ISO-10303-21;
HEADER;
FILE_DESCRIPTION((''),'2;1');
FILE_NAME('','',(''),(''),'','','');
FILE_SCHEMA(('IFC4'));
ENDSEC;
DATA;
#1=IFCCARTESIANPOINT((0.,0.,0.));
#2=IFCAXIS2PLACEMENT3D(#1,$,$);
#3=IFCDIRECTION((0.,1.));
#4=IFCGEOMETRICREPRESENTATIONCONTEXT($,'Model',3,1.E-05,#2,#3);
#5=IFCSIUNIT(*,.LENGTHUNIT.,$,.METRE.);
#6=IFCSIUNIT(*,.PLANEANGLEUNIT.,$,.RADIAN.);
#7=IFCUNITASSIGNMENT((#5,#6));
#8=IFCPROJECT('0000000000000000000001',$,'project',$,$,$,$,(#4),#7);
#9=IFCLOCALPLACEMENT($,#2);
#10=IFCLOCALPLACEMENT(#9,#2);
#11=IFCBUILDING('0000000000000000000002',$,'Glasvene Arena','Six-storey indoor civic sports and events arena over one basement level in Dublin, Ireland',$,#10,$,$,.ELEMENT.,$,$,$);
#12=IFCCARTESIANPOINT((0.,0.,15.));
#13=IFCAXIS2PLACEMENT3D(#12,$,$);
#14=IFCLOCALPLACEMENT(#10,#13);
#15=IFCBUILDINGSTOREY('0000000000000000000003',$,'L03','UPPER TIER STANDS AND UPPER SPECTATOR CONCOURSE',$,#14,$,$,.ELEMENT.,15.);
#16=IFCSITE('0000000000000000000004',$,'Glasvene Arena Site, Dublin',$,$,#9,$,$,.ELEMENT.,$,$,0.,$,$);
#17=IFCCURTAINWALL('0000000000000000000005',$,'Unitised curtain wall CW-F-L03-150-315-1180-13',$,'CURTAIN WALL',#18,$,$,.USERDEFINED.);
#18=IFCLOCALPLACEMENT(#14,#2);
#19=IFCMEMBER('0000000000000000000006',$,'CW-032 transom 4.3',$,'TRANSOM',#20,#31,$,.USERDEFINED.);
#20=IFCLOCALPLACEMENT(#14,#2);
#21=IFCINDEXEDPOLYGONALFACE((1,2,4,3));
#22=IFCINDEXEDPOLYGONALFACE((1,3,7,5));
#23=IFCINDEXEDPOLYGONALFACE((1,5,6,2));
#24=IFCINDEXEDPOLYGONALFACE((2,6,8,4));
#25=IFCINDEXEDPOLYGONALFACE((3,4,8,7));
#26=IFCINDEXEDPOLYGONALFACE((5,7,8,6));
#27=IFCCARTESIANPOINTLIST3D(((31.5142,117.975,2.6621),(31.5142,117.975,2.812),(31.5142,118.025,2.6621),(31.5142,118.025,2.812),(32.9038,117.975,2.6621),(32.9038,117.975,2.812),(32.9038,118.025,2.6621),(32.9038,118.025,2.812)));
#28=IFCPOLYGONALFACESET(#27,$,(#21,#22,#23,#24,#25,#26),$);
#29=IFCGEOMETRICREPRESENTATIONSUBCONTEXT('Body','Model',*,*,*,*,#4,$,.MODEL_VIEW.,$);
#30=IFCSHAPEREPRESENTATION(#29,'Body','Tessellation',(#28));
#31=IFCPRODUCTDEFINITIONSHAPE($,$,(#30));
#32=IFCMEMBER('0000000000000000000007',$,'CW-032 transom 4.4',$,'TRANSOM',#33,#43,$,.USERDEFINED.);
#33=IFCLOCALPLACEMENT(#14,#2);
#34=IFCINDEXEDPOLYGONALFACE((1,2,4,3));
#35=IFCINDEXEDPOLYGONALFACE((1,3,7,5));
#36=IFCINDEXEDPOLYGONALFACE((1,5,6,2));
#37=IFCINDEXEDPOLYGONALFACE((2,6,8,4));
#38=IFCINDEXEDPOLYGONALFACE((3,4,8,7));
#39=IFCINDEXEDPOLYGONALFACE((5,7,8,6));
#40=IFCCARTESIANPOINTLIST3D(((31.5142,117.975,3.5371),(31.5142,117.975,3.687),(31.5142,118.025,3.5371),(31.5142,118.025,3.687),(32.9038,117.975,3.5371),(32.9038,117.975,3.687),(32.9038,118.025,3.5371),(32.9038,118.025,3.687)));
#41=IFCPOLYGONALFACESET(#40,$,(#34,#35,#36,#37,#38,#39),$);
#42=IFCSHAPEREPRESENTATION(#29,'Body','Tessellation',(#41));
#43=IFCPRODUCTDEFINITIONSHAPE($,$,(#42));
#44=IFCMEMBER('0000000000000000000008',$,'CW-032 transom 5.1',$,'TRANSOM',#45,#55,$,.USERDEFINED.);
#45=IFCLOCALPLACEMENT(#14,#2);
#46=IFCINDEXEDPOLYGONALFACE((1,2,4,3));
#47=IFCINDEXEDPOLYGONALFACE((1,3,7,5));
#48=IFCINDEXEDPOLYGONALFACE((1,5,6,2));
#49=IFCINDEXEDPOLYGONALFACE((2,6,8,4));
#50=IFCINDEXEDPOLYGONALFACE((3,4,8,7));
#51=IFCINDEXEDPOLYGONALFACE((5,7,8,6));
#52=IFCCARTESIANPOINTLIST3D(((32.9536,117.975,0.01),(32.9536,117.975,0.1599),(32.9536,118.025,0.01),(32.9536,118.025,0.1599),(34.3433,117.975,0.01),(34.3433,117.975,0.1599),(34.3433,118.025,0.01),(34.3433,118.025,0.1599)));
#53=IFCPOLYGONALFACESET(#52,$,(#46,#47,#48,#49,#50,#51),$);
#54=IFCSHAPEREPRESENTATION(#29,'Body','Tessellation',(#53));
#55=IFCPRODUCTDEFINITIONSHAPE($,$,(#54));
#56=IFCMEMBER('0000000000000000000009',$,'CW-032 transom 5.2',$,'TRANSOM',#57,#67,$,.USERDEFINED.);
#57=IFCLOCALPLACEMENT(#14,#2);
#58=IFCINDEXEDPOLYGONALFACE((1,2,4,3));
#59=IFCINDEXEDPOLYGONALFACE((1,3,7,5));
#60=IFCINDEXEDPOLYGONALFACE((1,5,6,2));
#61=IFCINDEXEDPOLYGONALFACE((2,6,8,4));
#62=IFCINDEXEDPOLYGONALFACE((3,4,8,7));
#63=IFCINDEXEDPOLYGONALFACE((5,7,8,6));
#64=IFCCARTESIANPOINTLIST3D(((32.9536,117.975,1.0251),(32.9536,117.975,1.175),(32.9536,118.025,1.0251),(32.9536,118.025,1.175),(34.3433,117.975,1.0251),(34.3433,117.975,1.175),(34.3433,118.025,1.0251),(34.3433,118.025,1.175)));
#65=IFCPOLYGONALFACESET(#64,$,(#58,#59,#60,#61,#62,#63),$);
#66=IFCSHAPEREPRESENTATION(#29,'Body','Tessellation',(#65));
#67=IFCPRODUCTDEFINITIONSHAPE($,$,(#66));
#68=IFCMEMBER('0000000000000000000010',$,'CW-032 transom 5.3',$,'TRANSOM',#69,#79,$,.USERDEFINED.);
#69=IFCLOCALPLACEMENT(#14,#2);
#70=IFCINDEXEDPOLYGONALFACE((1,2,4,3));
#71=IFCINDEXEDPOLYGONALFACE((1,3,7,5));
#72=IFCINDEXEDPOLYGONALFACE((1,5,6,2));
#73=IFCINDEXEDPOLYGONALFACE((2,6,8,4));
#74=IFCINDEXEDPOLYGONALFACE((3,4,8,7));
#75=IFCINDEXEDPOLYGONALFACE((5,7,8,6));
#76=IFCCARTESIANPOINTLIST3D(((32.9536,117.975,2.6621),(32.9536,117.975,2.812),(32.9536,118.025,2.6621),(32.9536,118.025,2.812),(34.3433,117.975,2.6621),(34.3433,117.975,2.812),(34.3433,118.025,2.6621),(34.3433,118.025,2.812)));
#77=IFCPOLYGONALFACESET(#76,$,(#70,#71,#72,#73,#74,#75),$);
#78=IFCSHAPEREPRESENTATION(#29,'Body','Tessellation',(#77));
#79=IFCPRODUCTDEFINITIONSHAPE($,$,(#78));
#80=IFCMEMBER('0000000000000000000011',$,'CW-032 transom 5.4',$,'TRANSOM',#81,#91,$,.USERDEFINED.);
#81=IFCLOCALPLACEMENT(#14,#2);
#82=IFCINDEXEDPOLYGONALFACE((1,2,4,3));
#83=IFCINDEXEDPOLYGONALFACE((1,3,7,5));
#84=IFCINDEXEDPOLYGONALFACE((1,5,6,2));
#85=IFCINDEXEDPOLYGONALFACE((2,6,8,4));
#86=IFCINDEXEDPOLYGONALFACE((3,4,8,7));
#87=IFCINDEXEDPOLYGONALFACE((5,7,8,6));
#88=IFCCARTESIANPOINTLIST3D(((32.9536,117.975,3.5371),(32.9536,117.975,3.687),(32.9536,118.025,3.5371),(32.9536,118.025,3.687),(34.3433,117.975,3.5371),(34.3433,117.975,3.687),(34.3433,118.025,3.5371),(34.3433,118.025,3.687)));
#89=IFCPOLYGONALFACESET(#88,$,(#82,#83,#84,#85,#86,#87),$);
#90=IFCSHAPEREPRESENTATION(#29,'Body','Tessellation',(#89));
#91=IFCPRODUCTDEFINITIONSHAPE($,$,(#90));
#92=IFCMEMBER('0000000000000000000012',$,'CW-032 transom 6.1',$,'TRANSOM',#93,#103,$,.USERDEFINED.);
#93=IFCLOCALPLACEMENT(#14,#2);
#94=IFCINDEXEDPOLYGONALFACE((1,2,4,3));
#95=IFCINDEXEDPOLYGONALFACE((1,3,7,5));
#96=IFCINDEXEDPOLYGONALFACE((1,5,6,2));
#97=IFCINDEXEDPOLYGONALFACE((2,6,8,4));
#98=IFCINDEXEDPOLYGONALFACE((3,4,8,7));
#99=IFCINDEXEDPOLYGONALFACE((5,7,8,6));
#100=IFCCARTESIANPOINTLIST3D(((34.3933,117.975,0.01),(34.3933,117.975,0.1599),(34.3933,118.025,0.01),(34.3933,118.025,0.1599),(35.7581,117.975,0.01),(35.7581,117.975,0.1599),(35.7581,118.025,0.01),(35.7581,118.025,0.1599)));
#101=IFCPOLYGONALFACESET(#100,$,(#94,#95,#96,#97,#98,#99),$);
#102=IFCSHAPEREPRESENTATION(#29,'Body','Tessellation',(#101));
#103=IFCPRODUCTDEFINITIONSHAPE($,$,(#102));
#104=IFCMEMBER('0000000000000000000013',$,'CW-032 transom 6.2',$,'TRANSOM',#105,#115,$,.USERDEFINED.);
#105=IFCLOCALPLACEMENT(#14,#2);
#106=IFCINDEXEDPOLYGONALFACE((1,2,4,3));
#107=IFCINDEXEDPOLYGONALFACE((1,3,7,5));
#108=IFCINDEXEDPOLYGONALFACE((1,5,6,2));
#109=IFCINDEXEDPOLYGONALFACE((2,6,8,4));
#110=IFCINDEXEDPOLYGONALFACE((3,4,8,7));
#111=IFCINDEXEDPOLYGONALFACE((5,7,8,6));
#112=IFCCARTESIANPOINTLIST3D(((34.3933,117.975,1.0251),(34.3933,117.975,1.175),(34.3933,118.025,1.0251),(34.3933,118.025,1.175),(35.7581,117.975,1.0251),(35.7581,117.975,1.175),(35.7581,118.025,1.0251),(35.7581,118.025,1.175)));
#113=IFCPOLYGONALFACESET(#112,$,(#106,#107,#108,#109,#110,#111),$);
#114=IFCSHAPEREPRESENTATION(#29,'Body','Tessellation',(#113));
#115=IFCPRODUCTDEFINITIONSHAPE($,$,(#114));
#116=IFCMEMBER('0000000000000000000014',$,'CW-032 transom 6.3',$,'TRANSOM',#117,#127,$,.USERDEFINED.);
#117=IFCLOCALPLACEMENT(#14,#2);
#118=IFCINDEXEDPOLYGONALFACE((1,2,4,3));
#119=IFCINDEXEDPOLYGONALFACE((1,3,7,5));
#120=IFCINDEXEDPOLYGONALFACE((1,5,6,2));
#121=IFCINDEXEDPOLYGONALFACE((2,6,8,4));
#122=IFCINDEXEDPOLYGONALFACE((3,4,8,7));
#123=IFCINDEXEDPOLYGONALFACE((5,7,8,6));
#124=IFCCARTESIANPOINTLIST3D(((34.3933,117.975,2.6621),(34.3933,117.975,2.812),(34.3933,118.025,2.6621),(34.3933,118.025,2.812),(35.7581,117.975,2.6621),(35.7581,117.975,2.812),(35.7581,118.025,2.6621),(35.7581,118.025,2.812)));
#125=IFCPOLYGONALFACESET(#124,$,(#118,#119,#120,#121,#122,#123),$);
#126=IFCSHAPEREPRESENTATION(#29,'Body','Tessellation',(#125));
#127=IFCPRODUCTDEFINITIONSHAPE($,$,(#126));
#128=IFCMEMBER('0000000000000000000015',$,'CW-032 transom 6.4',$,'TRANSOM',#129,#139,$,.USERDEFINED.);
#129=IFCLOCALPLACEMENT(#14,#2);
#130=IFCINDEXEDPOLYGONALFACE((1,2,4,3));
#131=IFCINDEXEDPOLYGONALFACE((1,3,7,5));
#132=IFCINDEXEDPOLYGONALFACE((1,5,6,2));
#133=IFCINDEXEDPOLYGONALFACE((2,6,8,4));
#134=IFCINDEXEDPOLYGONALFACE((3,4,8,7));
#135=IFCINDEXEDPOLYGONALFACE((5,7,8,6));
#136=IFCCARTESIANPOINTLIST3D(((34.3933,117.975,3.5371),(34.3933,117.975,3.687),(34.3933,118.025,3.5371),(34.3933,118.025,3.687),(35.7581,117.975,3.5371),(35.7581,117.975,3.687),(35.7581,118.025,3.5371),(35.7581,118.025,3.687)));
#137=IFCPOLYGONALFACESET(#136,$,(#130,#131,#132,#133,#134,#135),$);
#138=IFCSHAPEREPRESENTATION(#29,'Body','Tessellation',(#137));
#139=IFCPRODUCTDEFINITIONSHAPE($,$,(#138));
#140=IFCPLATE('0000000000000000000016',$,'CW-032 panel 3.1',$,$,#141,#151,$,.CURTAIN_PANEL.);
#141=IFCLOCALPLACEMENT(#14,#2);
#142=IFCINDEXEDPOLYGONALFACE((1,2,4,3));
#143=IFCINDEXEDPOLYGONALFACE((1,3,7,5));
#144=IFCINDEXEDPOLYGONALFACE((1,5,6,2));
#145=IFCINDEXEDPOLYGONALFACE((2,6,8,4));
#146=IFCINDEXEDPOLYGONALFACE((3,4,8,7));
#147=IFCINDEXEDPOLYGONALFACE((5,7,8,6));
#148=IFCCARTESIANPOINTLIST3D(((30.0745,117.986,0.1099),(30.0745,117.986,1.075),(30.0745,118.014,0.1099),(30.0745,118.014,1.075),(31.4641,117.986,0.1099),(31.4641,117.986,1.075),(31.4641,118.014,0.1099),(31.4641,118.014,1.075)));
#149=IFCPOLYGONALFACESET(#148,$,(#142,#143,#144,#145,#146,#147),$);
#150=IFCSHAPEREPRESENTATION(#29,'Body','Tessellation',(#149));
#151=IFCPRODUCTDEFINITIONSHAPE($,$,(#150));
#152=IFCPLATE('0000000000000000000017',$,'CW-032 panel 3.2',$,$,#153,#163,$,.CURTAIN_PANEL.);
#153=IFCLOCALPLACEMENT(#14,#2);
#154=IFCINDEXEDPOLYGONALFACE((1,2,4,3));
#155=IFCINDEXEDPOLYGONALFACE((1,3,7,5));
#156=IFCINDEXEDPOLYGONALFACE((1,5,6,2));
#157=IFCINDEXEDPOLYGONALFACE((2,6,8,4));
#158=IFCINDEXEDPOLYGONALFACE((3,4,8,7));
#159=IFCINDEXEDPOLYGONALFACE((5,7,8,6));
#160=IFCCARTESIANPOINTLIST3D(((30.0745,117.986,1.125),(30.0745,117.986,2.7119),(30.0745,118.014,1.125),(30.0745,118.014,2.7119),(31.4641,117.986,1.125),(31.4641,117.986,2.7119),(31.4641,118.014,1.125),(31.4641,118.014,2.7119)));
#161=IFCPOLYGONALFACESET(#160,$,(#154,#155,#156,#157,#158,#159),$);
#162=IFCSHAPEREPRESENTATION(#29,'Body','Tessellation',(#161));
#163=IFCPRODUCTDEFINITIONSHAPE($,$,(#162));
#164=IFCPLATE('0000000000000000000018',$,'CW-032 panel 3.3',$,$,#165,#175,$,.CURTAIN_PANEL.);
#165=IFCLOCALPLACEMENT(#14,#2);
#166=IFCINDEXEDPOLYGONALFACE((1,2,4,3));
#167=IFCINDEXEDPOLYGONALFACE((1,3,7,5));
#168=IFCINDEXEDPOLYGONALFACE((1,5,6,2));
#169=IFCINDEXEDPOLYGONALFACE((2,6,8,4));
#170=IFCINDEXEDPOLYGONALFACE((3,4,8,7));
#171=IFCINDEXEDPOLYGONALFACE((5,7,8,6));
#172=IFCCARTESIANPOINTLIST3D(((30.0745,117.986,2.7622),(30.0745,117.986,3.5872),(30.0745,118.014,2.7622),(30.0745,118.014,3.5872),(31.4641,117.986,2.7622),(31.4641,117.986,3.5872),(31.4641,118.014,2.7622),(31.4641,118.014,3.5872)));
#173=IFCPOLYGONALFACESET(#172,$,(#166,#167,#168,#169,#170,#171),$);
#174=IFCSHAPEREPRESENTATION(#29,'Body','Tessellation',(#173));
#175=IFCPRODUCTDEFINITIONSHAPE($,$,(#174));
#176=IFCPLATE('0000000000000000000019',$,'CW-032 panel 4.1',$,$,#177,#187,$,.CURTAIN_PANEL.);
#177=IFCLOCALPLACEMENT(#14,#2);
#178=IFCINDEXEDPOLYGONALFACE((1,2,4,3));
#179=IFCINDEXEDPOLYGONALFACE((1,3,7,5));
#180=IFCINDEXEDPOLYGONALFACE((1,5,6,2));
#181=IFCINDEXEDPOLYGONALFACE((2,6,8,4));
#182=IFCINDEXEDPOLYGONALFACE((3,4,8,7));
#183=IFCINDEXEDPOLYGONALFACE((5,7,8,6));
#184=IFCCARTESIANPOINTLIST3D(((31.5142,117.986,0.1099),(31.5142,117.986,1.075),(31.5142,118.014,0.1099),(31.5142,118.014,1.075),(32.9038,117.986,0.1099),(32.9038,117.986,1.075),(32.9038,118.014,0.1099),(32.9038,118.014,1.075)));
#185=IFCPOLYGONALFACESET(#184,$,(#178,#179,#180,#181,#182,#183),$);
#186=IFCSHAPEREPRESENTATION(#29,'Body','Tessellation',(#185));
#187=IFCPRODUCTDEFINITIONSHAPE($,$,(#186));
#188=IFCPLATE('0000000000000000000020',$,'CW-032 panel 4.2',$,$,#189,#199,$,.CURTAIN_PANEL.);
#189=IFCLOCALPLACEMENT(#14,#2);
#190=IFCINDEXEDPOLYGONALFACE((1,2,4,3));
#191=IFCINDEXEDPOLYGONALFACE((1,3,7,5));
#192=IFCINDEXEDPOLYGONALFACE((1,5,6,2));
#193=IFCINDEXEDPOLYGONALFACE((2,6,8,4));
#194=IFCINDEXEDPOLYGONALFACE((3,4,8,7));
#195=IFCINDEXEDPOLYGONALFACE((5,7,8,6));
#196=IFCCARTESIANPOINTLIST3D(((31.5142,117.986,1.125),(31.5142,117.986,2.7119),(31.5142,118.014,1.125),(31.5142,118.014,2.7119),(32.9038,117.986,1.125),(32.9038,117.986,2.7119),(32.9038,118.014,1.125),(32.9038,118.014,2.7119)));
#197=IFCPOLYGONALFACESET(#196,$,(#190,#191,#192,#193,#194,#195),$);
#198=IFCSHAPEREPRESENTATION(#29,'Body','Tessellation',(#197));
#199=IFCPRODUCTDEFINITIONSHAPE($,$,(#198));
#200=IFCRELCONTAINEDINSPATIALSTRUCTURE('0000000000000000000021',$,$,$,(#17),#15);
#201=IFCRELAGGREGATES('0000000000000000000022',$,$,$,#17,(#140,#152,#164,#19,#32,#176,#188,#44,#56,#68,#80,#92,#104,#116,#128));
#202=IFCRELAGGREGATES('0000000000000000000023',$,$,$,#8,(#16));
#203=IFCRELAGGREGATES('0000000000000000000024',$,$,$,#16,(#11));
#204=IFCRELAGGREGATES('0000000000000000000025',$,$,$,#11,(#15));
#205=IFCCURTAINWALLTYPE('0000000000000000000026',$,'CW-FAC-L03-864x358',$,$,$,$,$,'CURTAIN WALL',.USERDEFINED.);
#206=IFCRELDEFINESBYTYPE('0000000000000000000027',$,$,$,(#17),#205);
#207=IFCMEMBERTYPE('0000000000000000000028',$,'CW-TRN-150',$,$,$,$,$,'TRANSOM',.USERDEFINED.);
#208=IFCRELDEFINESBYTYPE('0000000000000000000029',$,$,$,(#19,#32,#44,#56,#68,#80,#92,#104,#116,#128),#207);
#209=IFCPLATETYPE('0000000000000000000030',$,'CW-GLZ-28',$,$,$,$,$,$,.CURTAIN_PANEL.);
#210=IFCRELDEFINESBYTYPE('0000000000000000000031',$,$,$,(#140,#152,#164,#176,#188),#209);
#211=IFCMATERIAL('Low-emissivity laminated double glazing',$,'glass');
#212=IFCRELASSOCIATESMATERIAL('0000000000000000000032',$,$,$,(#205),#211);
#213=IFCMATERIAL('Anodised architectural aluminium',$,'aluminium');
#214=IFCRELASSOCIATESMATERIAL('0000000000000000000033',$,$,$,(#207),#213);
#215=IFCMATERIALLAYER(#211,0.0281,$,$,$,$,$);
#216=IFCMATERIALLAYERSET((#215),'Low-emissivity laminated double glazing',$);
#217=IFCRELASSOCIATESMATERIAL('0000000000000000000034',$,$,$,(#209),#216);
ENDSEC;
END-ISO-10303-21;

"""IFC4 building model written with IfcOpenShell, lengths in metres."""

from ifc_helpers import new_model, si_unit, direction, frame, origin, origin_2d, place, context, subcontext, project, spatial, rectangle, extrude, material, layer, layer_set, material_profile, profile_set, type_object, element, aggregate, save


model = new_model("IFC4")

# Units and contexts
model_context = context("Model", 3, precision=1e-05, world=origin(), true_north=direction((0.0, 1.0)))
body_context = subcontext(model_context, "Body", "Model", "MODEL_VIEW")
ifc_project = project(units=[si_unit("LENGTHUNIT", "METRE"), si_unit("PLANEANGLEUNIT", "RADIAN")], contexts=[model_context])

# Site, building, storey
site_placement = place(None, origin())
site = spatial("IfcSite", under=ifc_project, at=site_placement, Name="Glasvene Arena Site, Dublin", CompositionType="ELEMENT", RefElevation=0.0)
building_placement = place(site_placement, origin())
building = spatial("IfcBuilding", under=site, at=building_placement, Name="Glasvene Arena", Description="Six-storey indoor civic sports and events arena over one basement level in Dublin, Ireland", CompositionType="ELEMENT")
storey_placement = place(building_placement, frame((0.0, 0.0, 15.0)))
storey = spatial("IfcBuildingStorey", under=building, at=storey_placement, Name="L03", Description="UPPER TIER STANDS AND UPPER SPECTATOR CONCOURSE", CompositionType="ELEMENT", Elevation=15.0)

# Curtain wall, members, plates
ifc_material_1 = material(Name="Low-emissivity laminated double glazing", Category="glass")
curtain_wall_type = type_object("IfcCurtainWallType", Name="CW-FAC-L03-864x358", ElementType="CURTAIN WALL", PredefinedType="USERDEFINED", material=ifc_material_1)
curtain_wall_placement = place(storey_placement, frame((27.1702, 118.0, 0.0)))
curtain_wall = element("IfcCurtainWall", 1, at=curtain_wall_placement, inside=storey, type_object=curtain_wall_type, Name="Unitised curtain wall CW-F-L03-150-315-1180-13", ObjectType="CURTAIN WALL", PredefinedType="USERDEFINED")
ifc_material_2 = material(Name="Anodised architectural aluminium", Category="aluminium")
ifc_material_profile_1 = material_profile(ifc_material_2, rectangle(XDim=0.05, YDim=0.1499, at=origin_2d()), Name="ALU TRANSOM 50x150")
ifc_profile_set_1 = profile_set([ifc_material_profile_1], Name="Anodised architectural aluminium")
member_type_1 = type_object("IfcMemberType", Name="CW-TRN-150", ElementType="TRANSOM", PredefinedType="USERDEFINED", material=ifc_profile_set_1)
member_1_placement = place(storey_placement, frame((31.5142, 118.0, 2.7371), z_axis=(1.0, 0.0, 0.0), x_axis=(0.0, 1.0, 0.0)))
member_1 = element("IfcMember", 2, at=member_1_placement, type_object=member_type_1, Name="CW-032 transom 4.3", ObjectType="TRANSOM", PredefinedType="USERDEFINED", context=body_context, shape_type="SweptSolid", body=[
    extrude(rectangle(XDim=0.05, YDim=0.1499, at=origin_2d()), origin(), (0.0, 0.0, 1.0), 1.3896),
])
member_2_placement = place(storey_placement, frame((31.5142, 118.0, 3.6121), z_axis=(1.0, 0.0, 0.0), x_axis=(0.0, 1.0, 0.0)))
member_2 = element("IfcMember", 3, at=member_2_placement, type_object=member_type_1, Name="CW-032 transom 4.4", ObjectType="TRANSOM", PredefinedType="USERDEFINED", context=body_context, shape_type="SweptSolid", body=[
    extrude(rectangle(XDim=0.05, YDim=0.1499, at=origin_2d()), origin(), (0.0, 0.0, 1.0), 1.3896),
])
member_3_placement = place(storey_placement, frame((32.9536, 118.0, 0.085), z_axis=(1.0, 0.0, 0.0), x_axis=(0.0, 1.0, 0.0)))
member_3 = element("IfcMember", 4, at=member_3_placement, type_object=member_type_1, Name="CW-032 transom 5.1", ObjectType="TRANSOM", PredefinedType="USERDEFINED", context=body_context, shape_type="SweptSolid", body=[
    extrude(rectangle(XDim=0.05, YDim=0.1499, at=origin_2d()), origin(), (0.0, 0.0, 1.0), 1.3896),
])
member_4_placement = place(storey_placement, frame((32.9536, 118.0, 1.1001), z_axis=(1.0, 0.0, 0.0), x_axis=(0.0, 1.0, 0.0)))
member_4 = element("IfcMember", 5, at=member_4_placement, type_object=member_type_1, Name="CW-032 transom 5.2", ObjectType="TRANSOM", PredefinedType="USERDEFINED", context=body_context, shape_type="SweptSolid", body=[
    extrude(rectangle(XDim=0.05, YDim=0.1499, at=origin_2d()), origin(), (0.0, 0.0, 1.0), 1.3896),
])
member_5_placement = place(storey_placement, frame((32.9536, 118.0, 2.7371), z_axis=(1.0, 0.0, 0.0), x_axis=(0.0, 1.0, 0.0)))
member_5 = element("IfcMember", 6, at=member_5_placement, type_object=member_type_1, Name="CW-032 transom 5.3", ObjectType="TRANSOM", PredefinedType="USERDEFINED", context=body_context, shape_type="SweptSolid", body=[
    extrude(rectangle(XDim=0.05, YDim=0.1499, at=origin_2d()), origin(), (0.0, 0.0, 1.0), 1.3896),
])
member_6_placement = place(storey_placement, frame((32.9536, 118.0, 3.6121), z_axis=(1.0, 0.0, 0.0), x_axis=(0.0, 1.0, 0.0)))
member_6 = element("IfcMember", 7, at=member_6_placement, type_object=member_type_1, Name="CW-032 transom 5.4", ObjectType="TRANSOM", PredefinedType="USERDEFINED", context=body_context, shape_type="SweptSolid", body=[
    extrude(rectangle(XDim=0.05, YDim=0.1499, at=origin_2d()), origin(), (0.0, 0.0, 1.0), 1.3896),
])
member_7_placement = place(storey_placement, frame((34.3933, 118.0, 0.085), z_axis=(1.0, 0.0, 0.0), x_axis=(0.0, 1.0, 0.0)))
member_7 = element("IfcMember", 8, at=member_7_placement, type_object=member_type_1, Name="CW-032 transom 6.1", ObjectType="TRANSOM", PredefinedType="USERDEFINED", context=body_context, shape_type="SweptSolid", body=[
    extrude(rectangle(XDim=0.05, YDim=0.1499, at=origin_2d()), origin(), (0.0, 0.0, 1.0), 1.3647),
])
member_8_placement = place(storey_placement, frame((34.3933, 118.0, 1.1001), z_axis=(1.0, 0.0, 0.0), x_axis=(0.0, 1.0, 0.0)))
member_8 = element("IfcMember", 9, at=member_8_placement, type_object=member_type_1, Name="CW-032 transom 6.2", ObjectType="TRANSOM", PredefinedType="USERDEFINED", context=body_context, shape_type="SweptSolid", body=[
    extrude(rectangle(XDim=0.05, YDim=0.1499, at=origin_2d()), origin(), (0.0, 0.0, 1.0), 1.3647),
])
member_9_placement = place(storey_placement, frame((34.3933, 118.0, 2.7371), z_axis=(1.0, 0.0, 0.0), x_axis=(0.0, 1.0, 0.0)))
member_9 = element("IfcMember", 10, at=member_9_placement, type_object=member_type_1, Name="CW-032 transom 6.3", ObjectType="TRANSOM", PredefinedType="USERDEFINED", context=body_context, shape_type="SweptSolid", body=[
    extrude(rectangle(XDim=0.05, YDim=0.1499, at=origin_2d()), origin(), (0.0, 0.0, 1.0), 1.3647),
])
member_10_placement = place(storey_placement, frame((34.3933, 118.0, 3.6121), z_axis=(1.0, 0.0, 0.0), x_axis=(0.0, 1.0, 0.0)))
member_10 = element("IfcMember", 11, at=member_10_placement, type_object=member_type_1, Name="CW-032 transom 6.4", ObjectType="TRANSOM", PredefinedType="USERDEFINED", context=body_context, shape_type="SweptSolid", body=[
    extrude(rectangle(XDim=0.05, YDim=0.1499, at=origin_2d()), origin(), (0.0, 0.0, 1.0), 1.3647),
])
ifc_layer_1 = layer(ifc_material_1, 0.0281)
ifc_layer_set_1 = layer_set([ifc_layer_1], Name="Low-emissivity laminated double glazing")
plate_type = type_object("IfcPlateType", Name="CW-GLZ-28", PredefinedType="CURTAIN_PANEL", material=ifc_layer_set_1)
plate_1_placement = place(storey_placement, frame((30.7693, 118.0, 0.1099), z_axis=(0.0, 0.0, 1.0), x_axis=(1.0, 0.0, 0.0)))
plate_1 = element("IfcPlate", 12, at=plate_1_placement, type_object=plate_type, Name="CW-032 panel 3.1", PredefinedType="CURTAIN_PANEL", context=body_context, shape_type="SweptSolid", body=[
    extrude(rectangle(XDim=1.3896, YDim=0.0281, at=origin_2d()), origin(), (0.0, 0.0, 1.0), 0.9651),
])
plate_2_placement = place(storey_placement, frame((30.7693, 118.0, 1.125), z_axis=(0.0, 0.0, 1.0), x_axis=(1.0, 0.0, 0.0)))
plate_2 = element("IfcPlate", 13, at=plate_2_placement, type_object=plate_type, Name="CW-032 panel 3.2", PredefinedType="CURTAIN_PANEL", context=body_context, shape_type="SweptSolid", body=[
    extrude(rectangle(XDim=1.3896, YDim=0.0281, at=origin_2d()), origin(), (0.0, 0.0, 1.0), 1.5869),
])
plate_3_placement = place(storey_placement, frame((30.7693, 118.0, 2.7622), z_axis=(0.0, 0.0, 1.0), x_axis=(1.0, 0.0, 0.0)))
plate_3 = element("IfcPlate", 14, at=plate_3_placement, type_object=plate_type, Name="CW-032 panel 3.3", PredefinedType="CURTAIN_PANEL", context=body_context, shape_type="SweptSolid", body=[
    extrude(rectangle(XDim=1.3896, YDim=0.0281, at=origin_2d()), origin(), (0.0, 0.0, 1.0), 0.825),
])
plate_4_placement = place(storey_placement, frame((32.209, 118.0, 0.1099), z_axis=(0.0, 0.0, 1.0), x_axis=(1.0, 0.0, 0.0)))
plate_4 = element("IfcPlate", 15, at=plate_4_placement, type_object=plate_type, Name="CW-032 panel 4.1", PredefinedType="CURTAIN_PANEL", context=body_context, shape_type="SweptSolid", body=[
    extrude(rectangle(XDim=1.3896, YDim=0.0281, at=origin_2d()), origin(), (0.0, 0.0, 1.0), 0.9651),
])
plate_5_placement = place(storey_placement, frame((32.209, 118.0, 1.125), z_axis=(0.0, 0.0, 1.0), x_axis=(1.0, 0.0, 0.0)))
plate_5 = element("IfcPlate", 16, at=plate_5_placement, type_object=plate_type, Name="CW-032 panel 4.2", PredefinedType="CURTAIN_PANEL", context=body_context, shape_type="SweptSolid", body=[
    extrude(rectangle(XDim=1.3896, YDim=0.0281, at=origin_2d()), origin(), (0.0, 0.0, 1.0), 1.5869),
])
aggregate(curtain_wall, [plate_1, plate_2, plate_3, member_1, member_2, plate_4, plate_5, member_3, member_4, member_5, member_6, member_7, member_8, member_9, member_10])

save(model, "model.ifc")
